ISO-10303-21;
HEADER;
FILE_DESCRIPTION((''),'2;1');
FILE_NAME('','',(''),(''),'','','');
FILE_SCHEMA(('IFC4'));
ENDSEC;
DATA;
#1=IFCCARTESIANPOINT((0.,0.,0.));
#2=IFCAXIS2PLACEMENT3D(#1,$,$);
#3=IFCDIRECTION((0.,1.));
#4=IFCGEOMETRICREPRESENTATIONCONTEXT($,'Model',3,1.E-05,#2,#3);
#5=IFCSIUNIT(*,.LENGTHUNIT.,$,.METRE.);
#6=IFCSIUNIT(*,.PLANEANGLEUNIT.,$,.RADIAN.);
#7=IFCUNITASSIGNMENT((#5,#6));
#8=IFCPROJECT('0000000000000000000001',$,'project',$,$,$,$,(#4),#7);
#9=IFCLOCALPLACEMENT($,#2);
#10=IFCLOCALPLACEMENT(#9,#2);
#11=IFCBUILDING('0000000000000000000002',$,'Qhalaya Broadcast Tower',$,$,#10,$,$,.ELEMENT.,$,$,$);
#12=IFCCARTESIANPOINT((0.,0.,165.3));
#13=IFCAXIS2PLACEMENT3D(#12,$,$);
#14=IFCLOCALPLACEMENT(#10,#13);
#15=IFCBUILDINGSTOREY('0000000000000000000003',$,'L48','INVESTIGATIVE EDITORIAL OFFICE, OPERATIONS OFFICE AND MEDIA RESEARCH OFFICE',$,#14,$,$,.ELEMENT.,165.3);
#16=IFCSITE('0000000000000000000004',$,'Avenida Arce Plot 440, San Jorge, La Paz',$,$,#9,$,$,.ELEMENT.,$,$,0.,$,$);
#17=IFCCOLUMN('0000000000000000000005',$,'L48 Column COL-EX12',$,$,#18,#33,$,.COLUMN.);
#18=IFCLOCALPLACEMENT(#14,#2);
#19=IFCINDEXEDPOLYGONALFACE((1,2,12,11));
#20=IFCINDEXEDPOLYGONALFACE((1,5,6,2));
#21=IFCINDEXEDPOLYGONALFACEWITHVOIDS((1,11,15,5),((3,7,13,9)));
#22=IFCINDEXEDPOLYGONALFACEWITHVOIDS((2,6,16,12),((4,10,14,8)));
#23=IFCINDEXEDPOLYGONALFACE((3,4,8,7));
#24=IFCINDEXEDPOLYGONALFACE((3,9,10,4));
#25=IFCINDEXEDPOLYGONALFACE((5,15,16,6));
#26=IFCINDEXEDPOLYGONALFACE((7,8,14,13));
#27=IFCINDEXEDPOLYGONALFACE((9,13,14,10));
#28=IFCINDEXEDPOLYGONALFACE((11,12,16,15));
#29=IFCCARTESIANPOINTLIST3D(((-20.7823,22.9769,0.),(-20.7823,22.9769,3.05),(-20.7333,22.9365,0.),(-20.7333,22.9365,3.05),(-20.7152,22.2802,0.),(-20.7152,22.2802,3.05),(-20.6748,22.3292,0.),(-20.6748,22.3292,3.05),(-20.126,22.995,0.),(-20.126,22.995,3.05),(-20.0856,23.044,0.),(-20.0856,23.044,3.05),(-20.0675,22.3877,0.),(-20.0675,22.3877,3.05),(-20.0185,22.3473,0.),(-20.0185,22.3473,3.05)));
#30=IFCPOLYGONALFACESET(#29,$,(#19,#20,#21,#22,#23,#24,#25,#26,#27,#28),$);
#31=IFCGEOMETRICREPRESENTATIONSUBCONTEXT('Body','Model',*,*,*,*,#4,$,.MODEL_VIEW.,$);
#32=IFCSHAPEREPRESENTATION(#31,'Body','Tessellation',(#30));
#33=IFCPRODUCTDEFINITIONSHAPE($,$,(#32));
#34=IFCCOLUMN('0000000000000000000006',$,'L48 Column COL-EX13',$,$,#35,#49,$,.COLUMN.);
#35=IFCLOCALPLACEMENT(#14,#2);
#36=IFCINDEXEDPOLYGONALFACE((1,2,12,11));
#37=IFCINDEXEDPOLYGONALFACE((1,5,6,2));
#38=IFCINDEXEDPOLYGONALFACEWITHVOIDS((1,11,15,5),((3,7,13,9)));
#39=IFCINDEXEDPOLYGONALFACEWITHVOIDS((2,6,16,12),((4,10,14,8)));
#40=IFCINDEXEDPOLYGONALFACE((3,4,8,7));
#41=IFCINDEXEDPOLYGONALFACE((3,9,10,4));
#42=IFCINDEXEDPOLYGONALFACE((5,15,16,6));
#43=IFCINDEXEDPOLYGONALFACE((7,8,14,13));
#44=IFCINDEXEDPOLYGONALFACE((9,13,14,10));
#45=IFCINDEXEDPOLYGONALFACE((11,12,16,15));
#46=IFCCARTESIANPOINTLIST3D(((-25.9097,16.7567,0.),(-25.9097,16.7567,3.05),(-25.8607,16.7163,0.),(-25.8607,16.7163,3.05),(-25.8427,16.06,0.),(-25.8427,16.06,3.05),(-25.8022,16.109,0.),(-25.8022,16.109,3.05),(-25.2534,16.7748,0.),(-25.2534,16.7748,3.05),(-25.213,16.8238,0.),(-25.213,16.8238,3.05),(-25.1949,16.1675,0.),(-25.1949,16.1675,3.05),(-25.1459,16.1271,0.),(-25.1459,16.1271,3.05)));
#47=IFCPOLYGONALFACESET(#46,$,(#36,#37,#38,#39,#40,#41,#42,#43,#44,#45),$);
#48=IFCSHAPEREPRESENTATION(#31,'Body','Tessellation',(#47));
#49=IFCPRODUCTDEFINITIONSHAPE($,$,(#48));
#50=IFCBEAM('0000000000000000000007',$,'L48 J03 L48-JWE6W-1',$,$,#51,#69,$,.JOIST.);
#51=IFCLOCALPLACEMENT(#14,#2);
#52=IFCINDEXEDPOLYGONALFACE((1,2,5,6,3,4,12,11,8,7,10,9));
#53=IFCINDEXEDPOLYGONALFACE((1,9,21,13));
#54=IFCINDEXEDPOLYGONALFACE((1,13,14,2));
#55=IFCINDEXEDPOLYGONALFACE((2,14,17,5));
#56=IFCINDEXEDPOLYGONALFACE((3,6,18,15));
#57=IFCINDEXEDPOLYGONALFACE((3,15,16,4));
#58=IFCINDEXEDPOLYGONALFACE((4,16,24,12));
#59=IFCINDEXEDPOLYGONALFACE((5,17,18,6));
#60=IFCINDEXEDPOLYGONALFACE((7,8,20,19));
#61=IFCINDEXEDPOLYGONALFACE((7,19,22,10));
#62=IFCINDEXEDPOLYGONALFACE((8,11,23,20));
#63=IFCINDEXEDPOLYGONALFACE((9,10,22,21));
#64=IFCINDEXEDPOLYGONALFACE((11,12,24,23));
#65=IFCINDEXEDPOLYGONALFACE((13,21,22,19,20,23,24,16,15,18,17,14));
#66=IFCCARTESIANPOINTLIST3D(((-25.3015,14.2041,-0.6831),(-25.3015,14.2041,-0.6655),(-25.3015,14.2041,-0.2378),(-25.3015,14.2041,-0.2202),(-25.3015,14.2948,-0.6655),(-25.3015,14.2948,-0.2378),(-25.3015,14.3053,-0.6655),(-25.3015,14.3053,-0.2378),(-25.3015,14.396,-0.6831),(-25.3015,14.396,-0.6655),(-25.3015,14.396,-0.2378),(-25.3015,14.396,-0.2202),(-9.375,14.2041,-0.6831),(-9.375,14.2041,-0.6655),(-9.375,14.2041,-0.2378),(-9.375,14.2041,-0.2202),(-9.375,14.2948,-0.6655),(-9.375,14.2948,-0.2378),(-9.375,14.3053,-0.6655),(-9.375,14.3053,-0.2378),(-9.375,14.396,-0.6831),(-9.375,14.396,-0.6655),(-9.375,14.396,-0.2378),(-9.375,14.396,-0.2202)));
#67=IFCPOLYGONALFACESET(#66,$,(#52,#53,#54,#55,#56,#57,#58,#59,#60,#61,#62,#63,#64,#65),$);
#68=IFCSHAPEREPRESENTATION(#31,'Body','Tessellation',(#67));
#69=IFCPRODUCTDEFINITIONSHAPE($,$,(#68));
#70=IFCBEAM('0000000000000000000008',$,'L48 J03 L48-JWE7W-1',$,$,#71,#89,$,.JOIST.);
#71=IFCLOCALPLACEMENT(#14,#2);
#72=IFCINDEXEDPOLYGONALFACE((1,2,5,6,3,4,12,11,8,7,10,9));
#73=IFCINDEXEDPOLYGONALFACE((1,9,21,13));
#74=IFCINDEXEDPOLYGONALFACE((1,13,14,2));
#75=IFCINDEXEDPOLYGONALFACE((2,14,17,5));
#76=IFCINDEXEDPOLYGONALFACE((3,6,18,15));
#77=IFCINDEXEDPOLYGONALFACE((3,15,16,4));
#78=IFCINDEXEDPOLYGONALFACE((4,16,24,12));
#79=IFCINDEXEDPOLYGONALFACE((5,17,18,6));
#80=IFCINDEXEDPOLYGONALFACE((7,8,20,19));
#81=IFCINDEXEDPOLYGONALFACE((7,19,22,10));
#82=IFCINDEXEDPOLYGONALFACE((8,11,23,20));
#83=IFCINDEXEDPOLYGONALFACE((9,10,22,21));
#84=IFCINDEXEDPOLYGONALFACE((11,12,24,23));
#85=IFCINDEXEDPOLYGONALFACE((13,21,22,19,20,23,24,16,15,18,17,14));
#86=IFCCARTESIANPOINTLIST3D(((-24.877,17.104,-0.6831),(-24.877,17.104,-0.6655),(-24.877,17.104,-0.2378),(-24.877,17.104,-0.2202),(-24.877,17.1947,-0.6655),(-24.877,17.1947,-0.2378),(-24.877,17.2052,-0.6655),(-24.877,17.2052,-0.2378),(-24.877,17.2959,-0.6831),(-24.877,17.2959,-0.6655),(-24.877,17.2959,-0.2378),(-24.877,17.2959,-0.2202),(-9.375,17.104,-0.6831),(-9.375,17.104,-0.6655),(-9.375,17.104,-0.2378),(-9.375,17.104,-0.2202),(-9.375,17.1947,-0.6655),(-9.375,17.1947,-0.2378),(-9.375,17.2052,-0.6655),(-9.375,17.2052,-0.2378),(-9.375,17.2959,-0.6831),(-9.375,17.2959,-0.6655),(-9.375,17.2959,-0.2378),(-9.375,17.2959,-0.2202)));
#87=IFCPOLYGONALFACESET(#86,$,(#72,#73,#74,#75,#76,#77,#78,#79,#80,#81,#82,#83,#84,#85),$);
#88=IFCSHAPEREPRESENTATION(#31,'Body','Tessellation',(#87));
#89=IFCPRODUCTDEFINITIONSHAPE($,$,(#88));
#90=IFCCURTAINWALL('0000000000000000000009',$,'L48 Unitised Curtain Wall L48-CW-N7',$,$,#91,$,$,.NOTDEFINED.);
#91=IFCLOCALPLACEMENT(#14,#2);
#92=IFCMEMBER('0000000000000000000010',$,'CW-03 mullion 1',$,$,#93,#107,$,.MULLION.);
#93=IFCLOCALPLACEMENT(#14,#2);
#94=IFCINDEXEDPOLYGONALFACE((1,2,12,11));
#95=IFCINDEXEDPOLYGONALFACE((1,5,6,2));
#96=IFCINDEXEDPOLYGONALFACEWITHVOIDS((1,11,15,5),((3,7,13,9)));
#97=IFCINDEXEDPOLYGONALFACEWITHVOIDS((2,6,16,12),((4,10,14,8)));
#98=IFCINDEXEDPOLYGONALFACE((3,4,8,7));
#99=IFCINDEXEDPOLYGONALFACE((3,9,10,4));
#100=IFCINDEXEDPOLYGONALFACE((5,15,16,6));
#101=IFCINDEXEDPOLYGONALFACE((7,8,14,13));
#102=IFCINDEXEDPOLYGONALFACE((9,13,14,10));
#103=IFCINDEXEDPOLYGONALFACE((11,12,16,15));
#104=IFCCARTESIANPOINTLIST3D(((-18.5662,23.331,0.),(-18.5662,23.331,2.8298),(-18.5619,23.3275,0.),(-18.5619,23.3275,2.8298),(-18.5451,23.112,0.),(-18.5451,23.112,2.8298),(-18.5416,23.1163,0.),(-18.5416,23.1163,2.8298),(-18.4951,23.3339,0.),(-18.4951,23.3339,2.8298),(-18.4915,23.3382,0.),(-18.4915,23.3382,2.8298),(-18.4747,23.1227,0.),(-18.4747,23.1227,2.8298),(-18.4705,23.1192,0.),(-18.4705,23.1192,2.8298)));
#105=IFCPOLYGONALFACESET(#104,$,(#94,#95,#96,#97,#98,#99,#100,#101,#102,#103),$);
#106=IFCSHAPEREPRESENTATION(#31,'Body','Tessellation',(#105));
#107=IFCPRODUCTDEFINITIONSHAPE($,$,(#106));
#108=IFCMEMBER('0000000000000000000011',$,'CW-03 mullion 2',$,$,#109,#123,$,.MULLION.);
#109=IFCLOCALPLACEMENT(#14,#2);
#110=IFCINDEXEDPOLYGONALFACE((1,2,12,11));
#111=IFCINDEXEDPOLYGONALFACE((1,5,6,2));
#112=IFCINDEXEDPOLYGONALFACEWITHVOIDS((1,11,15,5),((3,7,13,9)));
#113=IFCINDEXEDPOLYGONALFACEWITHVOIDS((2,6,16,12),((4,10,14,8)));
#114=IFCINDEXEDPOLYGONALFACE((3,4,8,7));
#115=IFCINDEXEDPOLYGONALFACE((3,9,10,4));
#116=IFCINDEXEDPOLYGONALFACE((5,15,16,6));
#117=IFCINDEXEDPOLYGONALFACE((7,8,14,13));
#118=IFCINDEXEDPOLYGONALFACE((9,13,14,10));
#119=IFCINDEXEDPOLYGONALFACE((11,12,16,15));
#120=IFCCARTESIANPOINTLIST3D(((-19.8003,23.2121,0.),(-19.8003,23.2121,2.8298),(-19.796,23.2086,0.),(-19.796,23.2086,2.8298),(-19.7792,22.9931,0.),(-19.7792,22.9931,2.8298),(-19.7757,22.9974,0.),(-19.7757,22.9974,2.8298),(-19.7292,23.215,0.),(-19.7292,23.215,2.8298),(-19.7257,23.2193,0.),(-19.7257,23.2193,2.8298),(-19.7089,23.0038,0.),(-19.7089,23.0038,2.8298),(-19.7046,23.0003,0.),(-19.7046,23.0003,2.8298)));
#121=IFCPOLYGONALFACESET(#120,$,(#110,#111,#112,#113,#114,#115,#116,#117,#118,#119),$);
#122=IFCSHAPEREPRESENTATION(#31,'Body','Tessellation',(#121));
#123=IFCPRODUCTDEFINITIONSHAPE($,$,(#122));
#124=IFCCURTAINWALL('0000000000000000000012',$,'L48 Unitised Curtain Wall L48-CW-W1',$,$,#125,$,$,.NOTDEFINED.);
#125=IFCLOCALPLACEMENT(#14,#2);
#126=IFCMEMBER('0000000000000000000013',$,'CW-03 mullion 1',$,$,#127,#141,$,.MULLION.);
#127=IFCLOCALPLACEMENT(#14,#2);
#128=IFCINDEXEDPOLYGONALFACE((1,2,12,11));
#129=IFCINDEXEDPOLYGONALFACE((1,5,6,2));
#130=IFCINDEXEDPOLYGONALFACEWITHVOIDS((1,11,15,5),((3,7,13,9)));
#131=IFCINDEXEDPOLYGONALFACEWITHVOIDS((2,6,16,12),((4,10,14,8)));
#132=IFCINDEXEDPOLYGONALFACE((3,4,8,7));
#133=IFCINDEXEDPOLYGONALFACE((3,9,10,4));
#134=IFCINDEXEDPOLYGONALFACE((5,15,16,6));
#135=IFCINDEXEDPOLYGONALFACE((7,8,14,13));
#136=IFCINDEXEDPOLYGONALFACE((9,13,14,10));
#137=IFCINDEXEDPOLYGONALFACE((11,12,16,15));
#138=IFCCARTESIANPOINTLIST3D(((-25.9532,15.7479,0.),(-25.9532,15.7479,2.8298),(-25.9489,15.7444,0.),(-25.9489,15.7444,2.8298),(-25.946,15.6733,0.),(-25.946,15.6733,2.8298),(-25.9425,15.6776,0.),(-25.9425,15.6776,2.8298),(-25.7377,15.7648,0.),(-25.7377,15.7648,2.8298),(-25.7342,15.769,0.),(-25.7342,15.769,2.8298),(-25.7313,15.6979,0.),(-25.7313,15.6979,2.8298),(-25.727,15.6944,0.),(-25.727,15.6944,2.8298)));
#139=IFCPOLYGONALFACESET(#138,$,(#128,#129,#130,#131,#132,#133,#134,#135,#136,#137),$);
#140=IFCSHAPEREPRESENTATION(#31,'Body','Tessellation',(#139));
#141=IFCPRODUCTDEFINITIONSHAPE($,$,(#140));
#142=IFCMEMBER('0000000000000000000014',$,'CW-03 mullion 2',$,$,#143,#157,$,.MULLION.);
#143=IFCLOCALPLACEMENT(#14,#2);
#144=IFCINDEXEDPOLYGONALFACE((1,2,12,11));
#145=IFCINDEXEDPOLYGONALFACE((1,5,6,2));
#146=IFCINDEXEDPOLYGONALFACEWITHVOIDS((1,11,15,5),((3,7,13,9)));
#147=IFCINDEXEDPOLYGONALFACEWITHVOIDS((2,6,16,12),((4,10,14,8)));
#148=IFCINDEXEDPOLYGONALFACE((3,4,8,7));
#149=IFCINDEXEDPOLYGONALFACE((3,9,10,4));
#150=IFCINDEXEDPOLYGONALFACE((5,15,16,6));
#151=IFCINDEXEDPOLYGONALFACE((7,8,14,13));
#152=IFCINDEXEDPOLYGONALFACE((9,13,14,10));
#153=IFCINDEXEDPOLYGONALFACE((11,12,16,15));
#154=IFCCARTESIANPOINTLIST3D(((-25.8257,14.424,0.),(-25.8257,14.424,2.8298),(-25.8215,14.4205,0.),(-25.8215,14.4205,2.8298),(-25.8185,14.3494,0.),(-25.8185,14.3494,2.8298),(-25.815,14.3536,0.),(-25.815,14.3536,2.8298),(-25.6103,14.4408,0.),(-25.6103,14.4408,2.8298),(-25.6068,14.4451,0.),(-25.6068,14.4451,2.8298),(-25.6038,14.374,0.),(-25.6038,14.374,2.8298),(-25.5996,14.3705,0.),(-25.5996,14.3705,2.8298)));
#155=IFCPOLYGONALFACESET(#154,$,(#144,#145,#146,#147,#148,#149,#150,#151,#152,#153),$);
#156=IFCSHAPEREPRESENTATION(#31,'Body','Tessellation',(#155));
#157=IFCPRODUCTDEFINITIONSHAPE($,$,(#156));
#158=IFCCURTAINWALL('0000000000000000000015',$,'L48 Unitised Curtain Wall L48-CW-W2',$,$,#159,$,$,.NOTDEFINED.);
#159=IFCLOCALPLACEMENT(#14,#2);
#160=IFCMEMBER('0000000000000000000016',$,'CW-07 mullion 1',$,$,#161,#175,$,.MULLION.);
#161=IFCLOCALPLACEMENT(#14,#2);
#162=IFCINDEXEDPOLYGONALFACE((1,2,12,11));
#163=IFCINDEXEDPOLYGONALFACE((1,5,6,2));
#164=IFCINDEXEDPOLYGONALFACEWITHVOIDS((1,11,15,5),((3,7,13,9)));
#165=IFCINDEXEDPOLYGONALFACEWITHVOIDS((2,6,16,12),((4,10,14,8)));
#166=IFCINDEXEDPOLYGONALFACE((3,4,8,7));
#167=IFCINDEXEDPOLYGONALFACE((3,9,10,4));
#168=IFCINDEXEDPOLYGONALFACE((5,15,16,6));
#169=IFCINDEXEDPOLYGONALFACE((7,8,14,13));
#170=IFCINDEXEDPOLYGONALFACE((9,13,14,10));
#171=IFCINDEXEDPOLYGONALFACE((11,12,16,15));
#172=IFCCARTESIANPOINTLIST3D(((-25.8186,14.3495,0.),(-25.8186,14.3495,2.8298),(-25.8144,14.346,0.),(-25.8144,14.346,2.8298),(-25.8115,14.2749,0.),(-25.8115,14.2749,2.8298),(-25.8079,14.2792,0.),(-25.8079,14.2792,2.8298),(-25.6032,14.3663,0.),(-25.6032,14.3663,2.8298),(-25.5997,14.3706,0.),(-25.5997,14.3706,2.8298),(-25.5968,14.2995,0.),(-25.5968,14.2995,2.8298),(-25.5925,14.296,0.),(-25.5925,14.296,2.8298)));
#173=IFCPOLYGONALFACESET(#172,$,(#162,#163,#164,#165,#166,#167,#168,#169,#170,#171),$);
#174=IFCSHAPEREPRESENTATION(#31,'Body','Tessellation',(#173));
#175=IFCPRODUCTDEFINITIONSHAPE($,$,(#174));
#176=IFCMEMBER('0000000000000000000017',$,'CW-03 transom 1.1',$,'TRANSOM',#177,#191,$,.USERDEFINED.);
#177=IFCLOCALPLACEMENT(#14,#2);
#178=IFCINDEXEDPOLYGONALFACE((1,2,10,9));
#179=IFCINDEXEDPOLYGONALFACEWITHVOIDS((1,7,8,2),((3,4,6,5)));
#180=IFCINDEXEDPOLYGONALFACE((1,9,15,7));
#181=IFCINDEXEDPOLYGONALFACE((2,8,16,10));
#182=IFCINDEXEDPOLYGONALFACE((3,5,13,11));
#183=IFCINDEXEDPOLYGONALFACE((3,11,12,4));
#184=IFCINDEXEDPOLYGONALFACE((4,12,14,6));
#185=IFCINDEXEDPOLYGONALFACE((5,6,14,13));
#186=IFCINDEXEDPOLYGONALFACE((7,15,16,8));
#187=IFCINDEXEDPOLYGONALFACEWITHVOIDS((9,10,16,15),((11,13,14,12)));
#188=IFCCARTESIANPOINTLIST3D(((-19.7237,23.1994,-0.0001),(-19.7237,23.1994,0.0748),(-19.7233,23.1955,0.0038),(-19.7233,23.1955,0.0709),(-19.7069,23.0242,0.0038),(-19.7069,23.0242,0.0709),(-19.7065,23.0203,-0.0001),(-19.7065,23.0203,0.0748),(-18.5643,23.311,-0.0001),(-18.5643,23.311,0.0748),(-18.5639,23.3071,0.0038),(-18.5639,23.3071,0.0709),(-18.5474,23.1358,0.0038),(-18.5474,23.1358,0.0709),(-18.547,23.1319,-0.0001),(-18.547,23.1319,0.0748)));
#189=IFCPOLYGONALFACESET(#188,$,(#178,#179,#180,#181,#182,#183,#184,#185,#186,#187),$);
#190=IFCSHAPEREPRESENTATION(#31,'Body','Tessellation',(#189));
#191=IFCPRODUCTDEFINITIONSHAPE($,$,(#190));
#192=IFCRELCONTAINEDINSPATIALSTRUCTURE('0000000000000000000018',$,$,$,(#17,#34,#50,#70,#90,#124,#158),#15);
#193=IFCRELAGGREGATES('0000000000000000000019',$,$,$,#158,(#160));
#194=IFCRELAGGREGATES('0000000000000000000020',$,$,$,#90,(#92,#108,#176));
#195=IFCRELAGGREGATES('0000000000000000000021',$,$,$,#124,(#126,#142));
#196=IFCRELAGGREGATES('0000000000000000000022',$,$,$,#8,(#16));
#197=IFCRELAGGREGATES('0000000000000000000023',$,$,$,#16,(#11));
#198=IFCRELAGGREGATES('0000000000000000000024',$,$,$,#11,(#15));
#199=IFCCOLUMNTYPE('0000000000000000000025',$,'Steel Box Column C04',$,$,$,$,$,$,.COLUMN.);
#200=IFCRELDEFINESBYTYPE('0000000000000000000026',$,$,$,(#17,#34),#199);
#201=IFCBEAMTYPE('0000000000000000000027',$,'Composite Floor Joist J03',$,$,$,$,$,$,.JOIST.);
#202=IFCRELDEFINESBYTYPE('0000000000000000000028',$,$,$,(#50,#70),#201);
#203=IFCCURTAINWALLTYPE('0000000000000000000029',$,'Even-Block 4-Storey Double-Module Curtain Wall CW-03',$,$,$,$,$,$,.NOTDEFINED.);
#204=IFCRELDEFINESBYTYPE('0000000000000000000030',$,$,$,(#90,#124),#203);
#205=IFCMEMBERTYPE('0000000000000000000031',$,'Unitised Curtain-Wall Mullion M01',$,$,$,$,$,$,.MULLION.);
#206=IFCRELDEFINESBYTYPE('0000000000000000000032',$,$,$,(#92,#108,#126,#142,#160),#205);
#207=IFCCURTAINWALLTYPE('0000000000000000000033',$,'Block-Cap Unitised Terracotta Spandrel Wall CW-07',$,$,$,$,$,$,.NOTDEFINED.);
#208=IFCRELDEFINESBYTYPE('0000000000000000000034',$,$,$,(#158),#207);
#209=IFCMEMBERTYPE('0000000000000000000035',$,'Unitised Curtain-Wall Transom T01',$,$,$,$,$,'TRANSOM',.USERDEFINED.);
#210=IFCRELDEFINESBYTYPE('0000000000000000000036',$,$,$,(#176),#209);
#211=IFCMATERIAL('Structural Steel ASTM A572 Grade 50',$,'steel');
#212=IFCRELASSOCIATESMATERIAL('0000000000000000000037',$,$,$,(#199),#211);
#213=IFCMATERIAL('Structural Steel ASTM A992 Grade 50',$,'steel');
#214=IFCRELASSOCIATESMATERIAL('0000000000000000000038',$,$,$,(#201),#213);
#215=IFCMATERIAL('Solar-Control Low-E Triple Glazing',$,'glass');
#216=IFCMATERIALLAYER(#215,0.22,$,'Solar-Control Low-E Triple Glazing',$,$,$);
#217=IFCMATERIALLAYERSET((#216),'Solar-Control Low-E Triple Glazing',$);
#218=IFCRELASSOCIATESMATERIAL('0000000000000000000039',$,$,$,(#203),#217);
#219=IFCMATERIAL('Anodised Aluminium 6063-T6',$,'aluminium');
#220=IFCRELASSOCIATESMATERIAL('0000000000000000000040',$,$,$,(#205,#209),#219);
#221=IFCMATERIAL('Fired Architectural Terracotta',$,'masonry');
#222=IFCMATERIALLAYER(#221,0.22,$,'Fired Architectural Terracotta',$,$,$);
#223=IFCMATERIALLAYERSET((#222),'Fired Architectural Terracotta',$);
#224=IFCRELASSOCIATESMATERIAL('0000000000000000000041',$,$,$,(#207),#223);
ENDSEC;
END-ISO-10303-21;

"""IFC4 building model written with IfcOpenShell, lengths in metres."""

from ifc_helpers import new_model, si_unit, direction, frame, origin, origin_2d, place, context, subcontext, project, spatial, hollow_rectangle, i_section, extrude, material, layer, layer_set, material_profile, profile_set, type_object, element, aggregate, save


model = new_model("IFC4")

# Units and contexts
model_context = context("Model", 3, precision=1e-05, world=origin(), true_north=direction((0.0, 1.0)))
body_context = subcontext(model_context, "Body", "Model", "MODEL_VIEW")
ifc_project = project(units=[si_unit("LENGTHUNIT", "METRE"), si_unit("PLANEANGLEUNIT", "RADIAN")], contexts=[model_context])

# Site, building, storey
site_placement = place(None, origin())
site = spatial("IfcSite", under=ifc_project, at=site_placement, Name="Avenida Arce Plot 440, San Jorge, La Paz", CompositionType="ELEMENT", RefElevation=0.0)
building_placement = place(site_placement, origin())
building = spatial("IfcBuilding", under=site, at=building_placement, Name="Qhalaya Broadcast Tower", CompositionType="ELEMENT")
storey_placement = place(building_placement, frame((0.0, 0.0, 165.3)))
storey = spatial("IfcBuildingStorey", under=building, at=storey_placement, Name="L48", Description="INVESTIGATIVE EDITORIAL OFFICE, OPERATIONS OFFICE AND MEDIA RESEARCH OFFICE", CompositionType="ELEMENT", Elevation=165.3)

# Columns
ifc_material_1 = material(Name="Structural Steel ASTM A572 Grade 50", Category="steel")
ifc_material_profile_1 = material_profile(ifc_material_1, hollow_rectangle(XDim=0.7, YDim=0.7, WallThickness=0.0449, at=origin_2d()), Name="BOX 700x700x45")
ifc_profile_set_1 = profile_set([ifc_material_profile_1], Name="Structural Steel ASTM A572 Grade 50")
column_type = type_object("IfcColumnType", Name="Steel Box Column C04", PredefinedType="COLUMN", material=ifc_profile_set_1)
for number, where, z_axis, x_axis, name in (
    (1, (-20.4004, 22.6621, 0.0), (0.0, 0.0, 1.0), (0.995396, 0.095846, 0.0), "L48 Column COL-EX12"),
    (2, (-25.5278, 16.4419, 0.0), (0.0, 0.0, 1.0), (-0.095846, 0.995396, 0.0), "L48 Column COL-EX13"),
):
    element("IfcColumn", number, at=place(storey_placement, frame(where, z_axis=z_axis, x_axis=x_axis)), inside=storey, type_object=column_type, Name=name, PredefinedType="COLUMN", context=body_context, shape_type="SweptSolid", body=[
        extrude(hollow_rectangle(XDim=0.7, YDim=0.7, WallThickness=0.0449, at=origin_2d()), origin(), (0.0, 0.0, 1.0), 3.05),
    ])

# Beams
ifc_material_2 = material(Name="Structural Steel ASTM A992 Grade 50", Category="steel")
ifc_material_profile_2 = material_profile(ifc_material_2, i_section(OverallWidth=0.1919, OverallDepth=0.4629, WebThickness=0.0105, FlangeThickness=0.0176, at=origin_2d()), Name="W18X60")
ifc_profile_set_2 = profile_set([ifc_material_profile_2], Name="Structural Steel ASTM A992 Grade 50")
beam_type_1 = type_object("IfcBeamType", Name="Composite Floor Joist J03", PredefinedType="JOIST", material=ifc_profile_set_2)
beam_1_placement = place(storey_placement, frame((-25.3015, 14.3, -0.4517), z_axis=(1.0, 0.0, 0.0), x_axis=(0.0, 1.0, 0.0)))
element("IfcBeam", 3, at=beam_1_placement, inside=storey, type_object=beam_type_1, Name="L48 J03 L48-JWE6W-1", PredefinedType="JOIST", context=body_context, shape_type="SweptSolid", body=[
    extrude(i_section(OverallWidth=0.1919, OverallDepth=0.4629, WebThickness=0.0105, FlangeThickness=0.0176, at=origin_2d()), origin(), (0.0, 0.0, 1.0), 15.9265),
])
beam_2_placement = place(storey_placement, frame((-24.877, 17.2, -0.4517), z_axis=(1.0, 0.0, 0.0), x_axis=(0.0, 1.0, 0.0)))
element("IfcBeam", 4, at=beam_2_placement, inside=storey, type_object=beam_type_1, Name="L48 J03 L48-JWE7W-1", PredefinedType="JOIST", context=body_context, shape_type="SweptSolid", body=[
    extrude(i_section(OverallWidth=0.1919, OverallDepth=0.4629, WebThickness=0.0105, FlangeThickness=0.0176, at=origin_2d()), origin(), (0.0, 0.0, 1.0), 15.502),
])

# Curtain walls, members
ifc_material_3 = material(Name="Solar-Control Low-E Triple Glazing", Category="glass")
ifc_layer_1 = layer(ifc_material_3, 0.22, Name="Solar-Control Low-E Triple Glazing")
ifc_layer_set_1 = layer_set([ifc_layer_1], Name="Solar-Control Low-E Triple Glazing")
curtain_wall_type_1 = type_object("IfcCurtainWallType", Name="Even-Block 4-Storey Double-Module Curtain Wall CW-03", PredefinedType="NOTDEFINED", material=ifc_layer_set_1)
curtain_wall_1_placement = place(storey_placement, origin())
curtain_wall_1 = element("IfcCurtainWall", 5, at=curtain_wall_1_placement, inside=storey, type_object=curtain_wall_type_1, Name="L48 Unitised Curtain Wall L48-CW-N7", PredefinedType="NOTDEFINED")
ifc_material_4 = material(Name="Anodised Aluminium 6063-T6", Category="aluminium")
ifc_material_profile_3 = material_profile(ifc_material_4, hollow_rectangle(XDim=0.075, YDim=0.22, WallThickness=0.0039, at=origin_2d()), Name="ALU-MUL 75x220x4")
ifc_profile_set_3 = profile_set([ifc_material_profile_3], Name="Anodised Aluminium 6063-T6")
member_type_1 = type_object("IfcMemberType", Name="Unitised Curtain-Wall Mullion M01", PredefinedType="MULLION", material=ifc_profile_set_3)
member_1_placement = place(storey_placement, frame((-18.5183, 23.2251, 0.0), z_axis=(0.0, 0.0, 1.0), x_axis=(-0.995399, -0.095821, 0.0)))
member_1 = element("IfcMember", 6, at=member_1_placement, type_object=member_type_1, Name="CW-03 mullion 1", PredefinedType="MULLION", context=body_context, shape_type="SweptSolid", body=[
    extrude(hollow_rectangle(XDim=0.075, YDim=0.22, WallThickness=0.0039, at=origin_2d()), origin(), (0.0, 0.0, 1.0), 2.8298),
])
member_2_placement = place(storey_placement, frame((-19.7524, 23.1062, 0.0), z_axis=(0.0, 0.0, 1.0), x_axis=(-0.995399, -0.095821, 0.0)))
member_2 = element("IfcMember", 7, at=member_2_placement, type_object=member_type_1, Name="CW-03 mullion 2", PredefinedType="MULLION", context=body_context, shape_type="SweptSolid", body=[
    extrude(hollow_rectangle(XDim=0.075, YDim=0.22, WallThickness=0.0039, at=origin_2d()), origin(), (0.0, 0.0, 1.0), 2.8298),
])
curtain_wall_2_placement = place(storey_placement, origin())
curtain_wall_2 = element("IfcCurtainWall", 8, at=curtain_wall_2_placement, inside=storey, type_object=curtain_wall_type_1, Name="L48 Unitised Curtain Wall L48-CW-W1", PredefinedType="NOTDEFINED")
member_3_placement = place(storey_placement, frame((-25.8401, 15.7212, 0.0), z_axis=(0.0, 0.0, 1.0), x_axis=(0.095874, -0.995393, 0.0)))
member_3 = element("IfcMember", 9, at=member_3_placement, type_object=member_type_1, Name="CW-03 mullion 1", PredefinedType="MULLION", context=body_context, shape_type="SweptSolid", body=[
    extrude(hollow_rectangle(XDim=0.075, YDim=0.22, WallThickness=0.0039, at=origin_2d()), origin(), (0.0, 0.0, 1.0), 2.8298),
])
member_4_placement = place(storey_placement, frame((-25.7126, 14.3972, 0.0), z_axis=(0.0, 0.0, 1.0), x_axis=(0.095874, -0.995393, 0.0)))
member_4 = element("IfcMember", 10, at=member_4_placement, type_object=member_type_1, Name="CW-03 mullion 2", PredefinedType="MULLION", context=body_context, shape_type="SweptSolid", body=[
    extrude(hollow_rectangle(XDim=0.075, YDim=0.22, WallThickness=0.0039, at=origin_2d()), origin(), (0.0, 0.0, 1.0), 2.8298),
])

# Curtain wall, member
ifc_material_5 = material(Name="Fired Architectural Terracotta", Category="masonry")
ifc_layer_2 = layer(ifc_material_5, 0.22, Name="Fired Architectural Terracotta")
ifc_layer_set_2 = layer_set([ifc_layer_2], Name="Fired Architectural Terracotta")
curtain_wall_type_2 = type_object("IfcCurtainWallType", Name="Block-Cap Unitised Terracotta Spandrel Wall CW-07", PredefinedType="NOTDEFINED", material=ifc_layer_set_2)
curtain_wall_3_placement = place(storey_placement, origin())
curtain_wall_3 = element("IfcCurtainWall", 11, at=curtain_wall_3_placement, inside=storey, type_object=curtain_wall_type_2, Name="L48 Unitised Curtain Wall L48-CW-W2", PredefinedType="NOTDEFINED")
member_5_placement = place(storey_placement, frame((-25.7056, 14.3228, 0.0), z_axis=(0.0, 0.0, 1.0), x_axis=(0.095845, -0.995396, 0.0)))
member_5 = element("IfcMember", 12, at=member_5_placement, type_object=member_type_1, Name="CW-07 mullion 1", PredefinedType="MULLION", context=body_context, shape_type="SweptSolid", body=[
    extrude(hollow_rectangle(XDim=0.075, YDim=0.22, WallThickness=0.0039, at=origin_2d()), origin(), (0.0, 0.0, 1.0), 2.8298),
])

# Member
ifc_material_profile_4 = material_profile(ifc_material_4, hollow_rectangle(XDim=0.075, YDim=0.1799, WallThickness=0.0039, at=origin_2d()), Name="ALU-TRN 75x180x4")
ifc_profile_set_4 = profile_set([ifc_material_profile_4], Name="Anodised Aluminium 6063-T6")
member_type_2 = type_object("IfcMemberType", Name="Unitised Curtain-Wall Transom T01", ElementType="TRANSOM", PredefinedType="USERDEFINED", material=ifc_profile_set_4)
member_6_placement = place(storey_placement, frame((-18.5557, 23.2214, 0.0374), z_axis=(-0.995402, -0.095788, 0.0), x_axis=(0.0, 0.0, 1.0)))
member_6 = element("IfcMember", 13, at=member_6_placement, type_object=member_type_2, Name="CW-03 transom 1.1", ObjectType="TRANSOM", PredefinedType="USERDEFINED", context=body_context, shape_type="SweptSolid", body=[
    extrude(hollow_rectangle(XDim=0.075, YDim=0.1799, WallThickness=0.0039, at=origin_2d()), origin(), (0.0, 0.0, 1.0), 1.1648),
])
aggregate(curtain_wall_3, [member_5])

aggregate(curtain_wall_1, [member_1, member_2, member_6])
aggregate(curtain_wall_2, [member_3, member_4])

save(model, "model.ifc")
